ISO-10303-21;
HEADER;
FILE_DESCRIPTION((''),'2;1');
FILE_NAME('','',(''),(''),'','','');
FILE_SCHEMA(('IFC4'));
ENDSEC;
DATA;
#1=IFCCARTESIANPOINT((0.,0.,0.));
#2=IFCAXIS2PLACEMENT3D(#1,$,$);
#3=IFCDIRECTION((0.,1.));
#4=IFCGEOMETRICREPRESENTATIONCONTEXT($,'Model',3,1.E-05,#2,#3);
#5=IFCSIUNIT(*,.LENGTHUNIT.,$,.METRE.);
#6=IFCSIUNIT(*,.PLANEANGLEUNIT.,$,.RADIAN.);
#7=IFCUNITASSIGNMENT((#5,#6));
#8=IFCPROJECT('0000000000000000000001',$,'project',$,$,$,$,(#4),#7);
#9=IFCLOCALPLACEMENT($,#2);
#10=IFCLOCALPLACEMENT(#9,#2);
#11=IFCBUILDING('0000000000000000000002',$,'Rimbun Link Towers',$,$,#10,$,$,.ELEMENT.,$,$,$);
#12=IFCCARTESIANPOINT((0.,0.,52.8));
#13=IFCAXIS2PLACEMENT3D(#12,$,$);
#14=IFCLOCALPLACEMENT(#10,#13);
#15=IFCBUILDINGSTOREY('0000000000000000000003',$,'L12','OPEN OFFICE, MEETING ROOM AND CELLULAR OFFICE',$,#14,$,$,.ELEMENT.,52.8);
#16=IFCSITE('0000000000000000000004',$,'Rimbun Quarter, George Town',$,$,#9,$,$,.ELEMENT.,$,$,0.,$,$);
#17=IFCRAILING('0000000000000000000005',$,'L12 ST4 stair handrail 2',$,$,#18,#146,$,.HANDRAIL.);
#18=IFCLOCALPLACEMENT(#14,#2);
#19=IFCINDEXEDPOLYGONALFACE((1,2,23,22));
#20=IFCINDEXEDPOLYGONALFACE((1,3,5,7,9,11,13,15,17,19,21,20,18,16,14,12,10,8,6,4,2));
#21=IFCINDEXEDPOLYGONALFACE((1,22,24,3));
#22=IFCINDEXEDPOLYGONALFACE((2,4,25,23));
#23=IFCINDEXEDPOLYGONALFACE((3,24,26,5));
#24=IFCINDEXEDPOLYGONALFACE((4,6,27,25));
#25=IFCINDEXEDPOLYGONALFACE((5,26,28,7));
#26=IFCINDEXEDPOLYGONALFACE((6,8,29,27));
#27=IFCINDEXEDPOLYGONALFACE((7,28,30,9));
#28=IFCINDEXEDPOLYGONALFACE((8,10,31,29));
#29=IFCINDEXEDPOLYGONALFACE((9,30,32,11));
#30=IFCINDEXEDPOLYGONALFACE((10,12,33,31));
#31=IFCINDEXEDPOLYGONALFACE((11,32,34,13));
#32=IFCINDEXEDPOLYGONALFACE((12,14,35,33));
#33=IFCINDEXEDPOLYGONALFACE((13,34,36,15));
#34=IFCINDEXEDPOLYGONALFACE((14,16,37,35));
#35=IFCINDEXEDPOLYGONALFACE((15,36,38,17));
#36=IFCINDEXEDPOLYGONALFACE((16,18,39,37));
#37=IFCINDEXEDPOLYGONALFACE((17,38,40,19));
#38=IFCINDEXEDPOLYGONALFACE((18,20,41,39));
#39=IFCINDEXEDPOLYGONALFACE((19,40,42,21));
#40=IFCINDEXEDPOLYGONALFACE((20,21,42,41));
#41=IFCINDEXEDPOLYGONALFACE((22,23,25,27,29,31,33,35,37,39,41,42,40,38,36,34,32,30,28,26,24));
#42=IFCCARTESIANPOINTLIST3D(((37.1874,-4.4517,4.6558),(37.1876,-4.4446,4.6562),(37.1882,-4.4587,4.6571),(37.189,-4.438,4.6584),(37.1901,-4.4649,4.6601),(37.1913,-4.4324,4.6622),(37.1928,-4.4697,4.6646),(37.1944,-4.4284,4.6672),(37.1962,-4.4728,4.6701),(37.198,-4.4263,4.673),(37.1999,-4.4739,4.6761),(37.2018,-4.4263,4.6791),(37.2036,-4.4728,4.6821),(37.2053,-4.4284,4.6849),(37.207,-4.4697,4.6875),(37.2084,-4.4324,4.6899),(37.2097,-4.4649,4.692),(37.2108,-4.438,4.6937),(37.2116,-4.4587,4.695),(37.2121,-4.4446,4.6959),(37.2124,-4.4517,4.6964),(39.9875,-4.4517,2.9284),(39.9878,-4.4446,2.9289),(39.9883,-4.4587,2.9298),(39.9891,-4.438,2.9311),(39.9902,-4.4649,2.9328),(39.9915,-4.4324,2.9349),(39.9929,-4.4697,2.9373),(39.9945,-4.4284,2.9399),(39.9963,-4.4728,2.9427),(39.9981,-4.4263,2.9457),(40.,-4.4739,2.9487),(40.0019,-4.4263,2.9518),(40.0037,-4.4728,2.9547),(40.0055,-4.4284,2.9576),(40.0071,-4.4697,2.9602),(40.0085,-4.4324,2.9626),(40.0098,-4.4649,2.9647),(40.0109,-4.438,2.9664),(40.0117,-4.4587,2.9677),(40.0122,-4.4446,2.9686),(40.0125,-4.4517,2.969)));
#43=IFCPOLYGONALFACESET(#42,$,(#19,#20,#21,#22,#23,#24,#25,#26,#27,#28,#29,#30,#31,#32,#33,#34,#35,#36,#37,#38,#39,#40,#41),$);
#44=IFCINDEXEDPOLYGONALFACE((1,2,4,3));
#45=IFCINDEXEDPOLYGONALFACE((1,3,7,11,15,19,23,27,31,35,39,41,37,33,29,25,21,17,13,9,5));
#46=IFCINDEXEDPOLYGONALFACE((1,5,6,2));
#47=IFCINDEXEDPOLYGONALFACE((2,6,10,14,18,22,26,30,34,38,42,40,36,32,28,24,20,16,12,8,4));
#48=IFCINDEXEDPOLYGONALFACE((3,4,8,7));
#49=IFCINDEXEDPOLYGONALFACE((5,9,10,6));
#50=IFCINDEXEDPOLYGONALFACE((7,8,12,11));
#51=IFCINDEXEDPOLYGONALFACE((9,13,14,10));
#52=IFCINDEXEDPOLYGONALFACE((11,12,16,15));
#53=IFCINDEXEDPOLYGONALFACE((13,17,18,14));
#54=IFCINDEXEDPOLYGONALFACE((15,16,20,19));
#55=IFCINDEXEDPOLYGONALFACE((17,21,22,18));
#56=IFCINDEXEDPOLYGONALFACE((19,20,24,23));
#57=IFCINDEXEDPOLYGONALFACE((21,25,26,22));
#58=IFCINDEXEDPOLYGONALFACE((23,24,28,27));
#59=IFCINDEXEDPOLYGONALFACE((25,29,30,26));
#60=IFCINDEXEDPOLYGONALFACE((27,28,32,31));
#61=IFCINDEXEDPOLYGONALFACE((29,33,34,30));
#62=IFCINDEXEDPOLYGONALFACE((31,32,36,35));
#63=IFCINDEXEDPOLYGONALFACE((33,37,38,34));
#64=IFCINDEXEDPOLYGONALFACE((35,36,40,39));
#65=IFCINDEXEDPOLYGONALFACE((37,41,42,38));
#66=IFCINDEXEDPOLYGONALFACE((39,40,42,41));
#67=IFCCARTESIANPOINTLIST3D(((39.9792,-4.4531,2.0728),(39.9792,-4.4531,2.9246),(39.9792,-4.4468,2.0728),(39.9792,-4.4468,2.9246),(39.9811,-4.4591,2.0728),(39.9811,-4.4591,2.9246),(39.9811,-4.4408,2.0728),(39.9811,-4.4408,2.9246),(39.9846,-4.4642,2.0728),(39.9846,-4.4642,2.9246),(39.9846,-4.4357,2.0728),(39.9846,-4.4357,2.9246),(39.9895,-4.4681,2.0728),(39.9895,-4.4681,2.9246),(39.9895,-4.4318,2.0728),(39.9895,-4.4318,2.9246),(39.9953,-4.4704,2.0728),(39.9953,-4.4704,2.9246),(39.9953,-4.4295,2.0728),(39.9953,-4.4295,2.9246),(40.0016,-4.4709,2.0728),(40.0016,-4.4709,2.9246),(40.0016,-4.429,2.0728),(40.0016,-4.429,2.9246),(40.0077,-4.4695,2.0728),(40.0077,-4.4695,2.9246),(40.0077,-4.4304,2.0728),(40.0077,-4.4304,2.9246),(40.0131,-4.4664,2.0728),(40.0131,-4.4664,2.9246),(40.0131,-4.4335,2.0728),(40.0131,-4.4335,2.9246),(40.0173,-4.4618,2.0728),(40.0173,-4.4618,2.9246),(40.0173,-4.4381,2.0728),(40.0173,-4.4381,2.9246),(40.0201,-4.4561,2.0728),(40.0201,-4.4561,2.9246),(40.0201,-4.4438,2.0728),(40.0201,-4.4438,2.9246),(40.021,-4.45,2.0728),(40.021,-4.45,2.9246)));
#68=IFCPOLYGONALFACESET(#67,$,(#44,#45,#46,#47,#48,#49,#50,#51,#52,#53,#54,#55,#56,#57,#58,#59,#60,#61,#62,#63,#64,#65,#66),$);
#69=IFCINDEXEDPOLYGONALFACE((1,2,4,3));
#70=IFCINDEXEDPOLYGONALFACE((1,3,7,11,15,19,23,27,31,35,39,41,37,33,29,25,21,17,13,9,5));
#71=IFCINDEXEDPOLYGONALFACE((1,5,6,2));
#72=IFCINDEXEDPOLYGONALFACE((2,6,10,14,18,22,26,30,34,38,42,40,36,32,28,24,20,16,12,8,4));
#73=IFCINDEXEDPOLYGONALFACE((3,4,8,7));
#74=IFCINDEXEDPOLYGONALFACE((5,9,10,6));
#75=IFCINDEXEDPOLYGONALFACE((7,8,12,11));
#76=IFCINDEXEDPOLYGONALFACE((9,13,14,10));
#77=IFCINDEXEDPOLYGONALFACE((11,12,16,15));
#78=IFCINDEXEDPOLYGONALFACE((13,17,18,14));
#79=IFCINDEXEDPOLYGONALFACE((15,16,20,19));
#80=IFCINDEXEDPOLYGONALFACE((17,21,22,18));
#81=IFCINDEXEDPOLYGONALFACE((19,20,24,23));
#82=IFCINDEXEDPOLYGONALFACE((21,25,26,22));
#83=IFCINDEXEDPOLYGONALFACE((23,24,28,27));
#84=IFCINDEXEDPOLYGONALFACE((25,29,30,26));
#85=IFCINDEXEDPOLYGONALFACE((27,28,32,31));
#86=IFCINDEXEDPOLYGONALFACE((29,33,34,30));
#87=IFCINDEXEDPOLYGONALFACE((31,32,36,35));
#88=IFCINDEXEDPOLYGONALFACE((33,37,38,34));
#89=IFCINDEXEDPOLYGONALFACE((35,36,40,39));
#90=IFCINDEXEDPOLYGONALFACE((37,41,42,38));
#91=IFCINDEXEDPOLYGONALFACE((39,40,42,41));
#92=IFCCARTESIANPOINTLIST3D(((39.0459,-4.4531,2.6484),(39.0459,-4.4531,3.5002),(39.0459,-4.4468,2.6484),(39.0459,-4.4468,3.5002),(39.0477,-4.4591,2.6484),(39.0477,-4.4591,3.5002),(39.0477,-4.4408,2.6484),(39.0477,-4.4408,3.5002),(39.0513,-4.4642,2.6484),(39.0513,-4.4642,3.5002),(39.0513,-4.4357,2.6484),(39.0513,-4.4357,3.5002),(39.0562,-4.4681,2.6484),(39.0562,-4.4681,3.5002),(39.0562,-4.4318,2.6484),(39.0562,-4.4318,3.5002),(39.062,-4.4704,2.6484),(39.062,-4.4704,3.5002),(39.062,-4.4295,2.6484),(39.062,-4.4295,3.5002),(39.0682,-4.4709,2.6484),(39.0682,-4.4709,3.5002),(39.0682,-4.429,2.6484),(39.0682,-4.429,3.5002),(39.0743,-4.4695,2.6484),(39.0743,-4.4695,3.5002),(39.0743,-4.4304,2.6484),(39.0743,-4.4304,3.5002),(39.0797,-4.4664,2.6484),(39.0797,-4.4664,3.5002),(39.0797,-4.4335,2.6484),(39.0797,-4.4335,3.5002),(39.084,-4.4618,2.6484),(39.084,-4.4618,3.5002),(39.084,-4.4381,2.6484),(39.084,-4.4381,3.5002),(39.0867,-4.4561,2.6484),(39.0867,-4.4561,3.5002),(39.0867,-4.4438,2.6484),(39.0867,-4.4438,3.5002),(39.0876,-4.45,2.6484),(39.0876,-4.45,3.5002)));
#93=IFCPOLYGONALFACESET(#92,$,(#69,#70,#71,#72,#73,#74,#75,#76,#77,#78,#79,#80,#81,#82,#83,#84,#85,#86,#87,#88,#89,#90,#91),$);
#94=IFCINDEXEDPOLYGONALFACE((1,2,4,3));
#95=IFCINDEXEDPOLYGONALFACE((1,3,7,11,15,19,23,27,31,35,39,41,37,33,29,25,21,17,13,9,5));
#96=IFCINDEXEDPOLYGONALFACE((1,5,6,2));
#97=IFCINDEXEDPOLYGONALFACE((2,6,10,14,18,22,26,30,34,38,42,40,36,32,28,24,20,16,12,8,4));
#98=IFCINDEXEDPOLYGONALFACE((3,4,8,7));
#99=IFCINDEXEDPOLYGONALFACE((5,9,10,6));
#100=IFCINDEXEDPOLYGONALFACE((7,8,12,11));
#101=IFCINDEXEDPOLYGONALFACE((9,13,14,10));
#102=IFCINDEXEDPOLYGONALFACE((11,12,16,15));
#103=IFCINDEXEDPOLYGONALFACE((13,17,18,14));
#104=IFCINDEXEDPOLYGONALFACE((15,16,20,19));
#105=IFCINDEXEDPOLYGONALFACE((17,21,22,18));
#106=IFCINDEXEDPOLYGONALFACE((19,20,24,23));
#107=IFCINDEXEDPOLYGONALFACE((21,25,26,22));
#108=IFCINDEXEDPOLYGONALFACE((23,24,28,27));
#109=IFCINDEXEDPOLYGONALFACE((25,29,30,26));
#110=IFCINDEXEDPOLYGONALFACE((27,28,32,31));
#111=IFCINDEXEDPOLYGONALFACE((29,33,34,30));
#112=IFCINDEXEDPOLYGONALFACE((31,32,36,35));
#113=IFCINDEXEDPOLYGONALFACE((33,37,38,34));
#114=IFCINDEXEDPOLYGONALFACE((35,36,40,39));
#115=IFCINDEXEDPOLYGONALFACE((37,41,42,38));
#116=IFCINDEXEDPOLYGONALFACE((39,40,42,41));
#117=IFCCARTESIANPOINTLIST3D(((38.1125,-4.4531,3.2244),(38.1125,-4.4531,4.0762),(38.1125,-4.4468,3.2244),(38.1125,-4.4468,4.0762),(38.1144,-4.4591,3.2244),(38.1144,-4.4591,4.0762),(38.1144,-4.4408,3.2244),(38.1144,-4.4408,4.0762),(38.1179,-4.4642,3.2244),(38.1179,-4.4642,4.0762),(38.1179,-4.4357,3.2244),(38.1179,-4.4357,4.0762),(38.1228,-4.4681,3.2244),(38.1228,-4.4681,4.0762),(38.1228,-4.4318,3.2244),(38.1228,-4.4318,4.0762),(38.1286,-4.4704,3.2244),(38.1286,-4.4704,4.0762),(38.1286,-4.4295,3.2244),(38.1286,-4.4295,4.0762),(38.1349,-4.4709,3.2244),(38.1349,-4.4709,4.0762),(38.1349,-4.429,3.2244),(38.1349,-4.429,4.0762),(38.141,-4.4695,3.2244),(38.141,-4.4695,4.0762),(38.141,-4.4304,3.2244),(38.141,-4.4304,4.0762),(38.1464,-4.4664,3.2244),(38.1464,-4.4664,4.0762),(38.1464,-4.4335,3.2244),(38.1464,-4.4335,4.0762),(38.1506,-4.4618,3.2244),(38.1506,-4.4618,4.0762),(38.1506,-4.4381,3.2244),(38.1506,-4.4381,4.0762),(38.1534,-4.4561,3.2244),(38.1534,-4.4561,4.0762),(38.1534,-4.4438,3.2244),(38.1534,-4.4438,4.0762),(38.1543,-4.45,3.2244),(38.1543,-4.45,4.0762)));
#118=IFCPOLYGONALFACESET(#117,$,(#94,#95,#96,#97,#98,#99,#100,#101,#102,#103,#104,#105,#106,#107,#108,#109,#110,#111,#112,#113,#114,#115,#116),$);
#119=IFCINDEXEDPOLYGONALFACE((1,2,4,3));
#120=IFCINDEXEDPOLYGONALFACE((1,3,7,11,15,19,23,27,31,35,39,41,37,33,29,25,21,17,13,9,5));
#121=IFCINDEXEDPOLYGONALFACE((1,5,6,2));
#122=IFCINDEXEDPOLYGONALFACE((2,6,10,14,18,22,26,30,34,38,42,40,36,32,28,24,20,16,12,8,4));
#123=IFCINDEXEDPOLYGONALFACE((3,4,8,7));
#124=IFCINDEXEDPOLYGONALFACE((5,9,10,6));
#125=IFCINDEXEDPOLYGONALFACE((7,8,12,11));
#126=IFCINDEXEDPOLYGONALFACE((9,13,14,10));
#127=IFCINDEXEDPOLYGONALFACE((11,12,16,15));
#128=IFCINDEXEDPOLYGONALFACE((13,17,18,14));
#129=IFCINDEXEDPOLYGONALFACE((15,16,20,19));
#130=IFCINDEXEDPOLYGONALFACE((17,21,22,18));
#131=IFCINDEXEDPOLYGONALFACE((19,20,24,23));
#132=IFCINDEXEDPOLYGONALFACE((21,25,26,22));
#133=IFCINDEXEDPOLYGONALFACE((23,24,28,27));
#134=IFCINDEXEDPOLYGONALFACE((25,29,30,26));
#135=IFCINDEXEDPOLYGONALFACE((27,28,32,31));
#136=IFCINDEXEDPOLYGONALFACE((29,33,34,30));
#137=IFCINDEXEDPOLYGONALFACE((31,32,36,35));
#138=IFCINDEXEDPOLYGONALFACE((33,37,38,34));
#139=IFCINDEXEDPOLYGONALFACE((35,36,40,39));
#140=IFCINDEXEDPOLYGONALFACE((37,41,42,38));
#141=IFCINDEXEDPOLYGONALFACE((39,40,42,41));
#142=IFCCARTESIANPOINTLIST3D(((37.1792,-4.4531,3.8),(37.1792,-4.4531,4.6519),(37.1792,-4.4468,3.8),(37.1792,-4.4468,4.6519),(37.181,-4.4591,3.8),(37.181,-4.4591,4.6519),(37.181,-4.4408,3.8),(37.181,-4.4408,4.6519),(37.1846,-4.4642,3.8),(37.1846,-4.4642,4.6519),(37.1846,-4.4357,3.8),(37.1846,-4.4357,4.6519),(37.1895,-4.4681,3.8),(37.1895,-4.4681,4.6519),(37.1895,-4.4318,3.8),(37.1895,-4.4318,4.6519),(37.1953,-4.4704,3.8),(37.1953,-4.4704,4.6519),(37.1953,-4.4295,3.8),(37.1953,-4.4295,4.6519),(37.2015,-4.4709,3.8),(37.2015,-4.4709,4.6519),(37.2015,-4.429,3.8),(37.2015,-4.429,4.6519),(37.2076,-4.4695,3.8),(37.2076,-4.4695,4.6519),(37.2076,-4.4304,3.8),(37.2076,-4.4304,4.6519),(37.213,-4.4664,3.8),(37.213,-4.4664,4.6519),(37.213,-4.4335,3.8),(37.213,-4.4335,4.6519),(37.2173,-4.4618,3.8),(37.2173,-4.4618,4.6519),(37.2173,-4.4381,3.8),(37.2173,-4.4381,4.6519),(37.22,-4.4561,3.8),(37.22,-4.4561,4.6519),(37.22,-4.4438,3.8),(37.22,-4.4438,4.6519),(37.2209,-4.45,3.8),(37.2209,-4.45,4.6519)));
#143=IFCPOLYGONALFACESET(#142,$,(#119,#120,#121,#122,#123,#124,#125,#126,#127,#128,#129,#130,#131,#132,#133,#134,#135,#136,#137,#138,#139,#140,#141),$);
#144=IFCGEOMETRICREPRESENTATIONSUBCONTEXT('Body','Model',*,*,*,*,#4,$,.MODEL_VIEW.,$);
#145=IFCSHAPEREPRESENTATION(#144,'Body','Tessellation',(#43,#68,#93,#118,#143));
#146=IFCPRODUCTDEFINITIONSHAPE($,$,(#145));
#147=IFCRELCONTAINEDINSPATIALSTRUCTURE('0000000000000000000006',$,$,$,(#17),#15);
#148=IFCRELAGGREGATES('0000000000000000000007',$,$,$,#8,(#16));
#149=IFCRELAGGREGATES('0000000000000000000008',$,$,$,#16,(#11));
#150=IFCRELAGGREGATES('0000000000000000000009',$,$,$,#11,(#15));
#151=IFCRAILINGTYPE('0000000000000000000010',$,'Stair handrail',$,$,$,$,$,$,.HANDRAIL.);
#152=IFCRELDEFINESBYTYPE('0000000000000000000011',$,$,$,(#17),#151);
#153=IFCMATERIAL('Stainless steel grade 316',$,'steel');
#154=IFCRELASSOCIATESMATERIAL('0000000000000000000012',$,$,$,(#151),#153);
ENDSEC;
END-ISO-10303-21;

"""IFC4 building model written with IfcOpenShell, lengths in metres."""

from ifc_helpers import new_model, si_unit, direction, frame, origin, origin_2d, place, context, subcontext, project, spatial, circle, extrude, material, type_object, element, save


model = new_model("IFC4")

# Units and contexts
model_context = context("Model", 3, precision=1e-05, world=origin(), true_north=direction((0.0, 1.0)))
body_context = subcontext(model_context, "Body", "Model", "MODEL_VIEW")
ifc_project = project(units=[si_unit("LENGTHUNIT", "METRE"), si_unit("PLANEANGLEUNIT", "RADIAN")], contexts=[model_context])

# Site, building, storey
site_placement = place(None, origin())
site = spatial("IfcSite", under=ifc_project, at=site_placement, Name="Rimbun Quarter, George Town", CompositionType="ELEMENT", RefElevation=0.0)
building_placement = place(site_placement, origin())
building = spatial("IfcBuilding", under=site, at=building_placement, Name="Rimbun Link Towers", CompositionType="ELEMENT")
storey_placement = place(building_placement, frame((0.0, 0.0, 52.8)))
storey = spatial("IfcBuildingStorey", under=building, at=storey_placement, Name="L12", Description="OPEN OFFICE, MEETING ROOM AND CELLULAR OFFICE", CompositionType="ELEMENT", Elevation=52.8)

# Railing
ifc_material_1 = material(Name="Stainless steel grade 316", Category="steel")
railing_type_1 = type_object("IfcRailingType", Name="Stair handrail", PredefinedType="HANDRAIL", material=ifc_material_1)
railing_1_placement = place(storey_placement, frame((40.0, -4.45, 2.0728)))
element("IfcRailing", 1, at=railing_1_placement, inside=storey, type_object=railing_type_1, Name="L12 ST4 stair handrail 2", PredefinedType="HANDRAIL", context=body_context, shape_type="SweptSolid", body=[
    extrude(circle(Radius=0.0239, at=origin_2d()), frame((0.0, 0.0, 0.876), z_axis=(-0.85109, 0.0, 0.52502), x_axis=(0.0, -1.0, 0.0)), (0.0, 0.0, 1.0), 3.29),
    extrude(circle(Radius=0.021, at=origin_2d()), origin(), (0.0, 0.0, 1.0), 0.8518),
    extrude(circle(Radius=0.021, at=origin_2d()), frame((-0.9333, 0.0, 0.5757)), (0.0, 0.0, 1.0), 0.8518),
    extrude(circle(Radius=0.021, at=origin_2d()), frame((-1.8667, 0.0, 1.1516)), (0.0, 0.0, 1.0), 0.8518),
    extrude(circle(Radius=0.021, at=origin_2d()), frame((-2.8, 0.0, 1.7273)), (0.0, 0.0, 1.0), 0.8518),
])

save(model, "model.ifc")
